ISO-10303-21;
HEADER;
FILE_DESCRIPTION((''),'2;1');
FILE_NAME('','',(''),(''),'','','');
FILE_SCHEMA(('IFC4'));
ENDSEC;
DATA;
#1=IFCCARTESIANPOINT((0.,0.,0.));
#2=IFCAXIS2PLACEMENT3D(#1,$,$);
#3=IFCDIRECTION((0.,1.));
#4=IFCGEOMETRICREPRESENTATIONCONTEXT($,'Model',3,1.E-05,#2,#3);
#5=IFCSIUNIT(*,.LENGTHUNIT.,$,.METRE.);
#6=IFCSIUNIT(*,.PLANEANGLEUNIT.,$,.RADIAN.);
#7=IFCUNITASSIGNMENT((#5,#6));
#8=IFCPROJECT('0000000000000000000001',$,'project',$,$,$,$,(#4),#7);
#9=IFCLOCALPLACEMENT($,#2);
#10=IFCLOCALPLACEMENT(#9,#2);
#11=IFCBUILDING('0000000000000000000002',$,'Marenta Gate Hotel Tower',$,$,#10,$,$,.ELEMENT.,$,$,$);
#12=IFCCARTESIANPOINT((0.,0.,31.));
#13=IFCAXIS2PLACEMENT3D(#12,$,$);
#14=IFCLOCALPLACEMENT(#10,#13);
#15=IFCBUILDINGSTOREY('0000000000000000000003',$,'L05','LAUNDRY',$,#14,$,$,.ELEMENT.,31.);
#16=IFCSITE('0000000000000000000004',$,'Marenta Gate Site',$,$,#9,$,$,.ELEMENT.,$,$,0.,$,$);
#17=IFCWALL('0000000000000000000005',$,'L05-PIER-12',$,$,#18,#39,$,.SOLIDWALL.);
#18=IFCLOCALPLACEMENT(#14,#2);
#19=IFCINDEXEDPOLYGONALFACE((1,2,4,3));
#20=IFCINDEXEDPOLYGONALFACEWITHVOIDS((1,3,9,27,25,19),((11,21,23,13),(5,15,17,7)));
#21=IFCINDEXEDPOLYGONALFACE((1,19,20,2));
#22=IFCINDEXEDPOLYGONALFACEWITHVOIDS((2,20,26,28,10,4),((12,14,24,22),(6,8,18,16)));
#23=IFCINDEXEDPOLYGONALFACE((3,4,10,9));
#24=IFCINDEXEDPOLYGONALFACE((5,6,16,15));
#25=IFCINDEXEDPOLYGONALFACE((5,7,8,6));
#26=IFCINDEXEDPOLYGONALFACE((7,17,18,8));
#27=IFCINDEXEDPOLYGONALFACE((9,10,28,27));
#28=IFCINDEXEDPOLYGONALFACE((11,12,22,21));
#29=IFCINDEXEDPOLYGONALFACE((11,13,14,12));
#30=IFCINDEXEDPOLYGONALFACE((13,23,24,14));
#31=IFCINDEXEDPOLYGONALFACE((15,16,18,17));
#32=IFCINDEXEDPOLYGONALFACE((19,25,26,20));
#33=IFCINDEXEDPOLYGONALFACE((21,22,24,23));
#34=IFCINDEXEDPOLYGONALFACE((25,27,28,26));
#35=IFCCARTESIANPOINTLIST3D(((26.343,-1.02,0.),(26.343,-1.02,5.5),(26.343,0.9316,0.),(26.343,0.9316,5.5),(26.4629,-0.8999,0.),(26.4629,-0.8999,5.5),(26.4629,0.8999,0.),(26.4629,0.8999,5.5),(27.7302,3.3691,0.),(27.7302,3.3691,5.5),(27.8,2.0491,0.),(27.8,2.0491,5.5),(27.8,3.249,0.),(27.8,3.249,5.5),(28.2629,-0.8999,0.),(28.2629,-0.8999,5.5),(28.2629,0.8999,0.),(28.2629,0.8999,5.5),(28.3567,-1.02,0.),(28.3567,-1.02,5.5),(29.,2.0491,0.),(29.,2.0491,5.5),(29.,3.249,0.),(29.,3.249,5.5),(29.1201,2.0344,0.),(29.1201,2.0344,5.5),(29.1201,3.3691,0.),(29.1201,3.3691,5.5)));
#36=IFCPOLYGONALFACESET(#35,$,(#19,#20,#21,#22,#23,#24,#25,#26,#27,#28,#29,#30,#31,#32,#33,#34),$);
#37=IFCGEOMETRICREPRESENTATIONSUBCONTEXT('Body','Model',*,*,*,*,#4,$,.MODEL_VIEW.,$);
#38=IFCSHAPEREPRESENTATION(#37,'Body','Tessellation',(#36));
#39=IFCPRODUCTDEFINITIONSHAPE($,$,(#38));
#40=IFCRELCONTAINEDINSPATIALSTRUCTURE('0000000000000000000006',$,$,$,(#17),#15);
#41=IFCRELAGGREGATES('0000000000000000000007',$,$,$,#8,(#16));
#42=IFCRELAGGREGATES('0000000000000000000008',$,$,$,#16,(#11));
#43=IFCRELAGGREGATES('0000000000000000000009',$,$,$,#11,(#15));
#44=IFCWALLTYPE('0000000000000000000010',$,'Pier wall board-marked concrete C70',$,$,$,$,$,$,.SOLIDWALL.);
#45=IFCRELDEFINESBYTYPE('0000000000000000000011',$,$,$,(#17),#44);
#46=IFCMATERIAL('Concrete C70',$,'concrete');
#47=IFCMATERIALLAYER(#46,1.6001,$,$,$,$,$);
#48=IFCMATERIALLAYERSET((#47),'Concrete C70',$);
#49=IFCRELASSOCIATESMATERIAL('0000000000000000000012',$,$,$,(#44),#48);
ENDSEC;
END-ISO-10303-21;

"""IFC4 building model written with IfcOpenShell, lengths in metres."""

from ifc_helpers import new_model, si_unit, direction, frame, origin, place, context, subcontext, project, spatial, polyline, outline, extrude, material, layer, layer_set, type_object, element, save


model = new_model("IFC4")

# Units and contexts
model_context = context("Model", 3, precision=1e-05, world=origin(), true_north=direction((0.0, 1.0)))
body_context = subcontext(model_context, "Body", "Model", "MODEL_VIEW")
ifc_project = project(units=[si_unit("LENGTHUNIT", "METRE"), si_unit("PLANEANGLEUNIT", "RADIAN")], contexts=[model_context])

# Site, building, storey
site_placement = place(None, origin())
site = spatial("IfcSite", under=ifc_project, at=site_placement, Name="Marenta Gate Site", CompositionType="ELEMENT", RefElevation=0.0)
building_placement = place(site_placement, origin())
building = spatial("IfcBuilding", under=site, at=building_placement, Name="Marenta Gate Hotel Tower", CompositionType="ELEMENT")
storey_placement = place(building_placement, frame((0.0, 0.0, 31.0)))
storey = spatial("IfcBuildingStorey", under=building, at=storey_placement, Name="L05", Description="LAUNDRY", CompositionType="ELEMENT", Elevation=31.0)

# Wall
ifc_material_1 = material(Name="Concrete C70", Category="concrete")
ifc_layer_1 = layer(ifc_material_1, 1.6001)
ifc_layer_set_1 = layer_set([ifc_layer_1], Name="Concrete C70")
wall_type_1 = type_object("IfcWallType", Name="Pier wall board-marked concrete C70", PredefinedType="SOLIDWALL", material=ifc_layer_set_1)
wall_1_placement = place(storey_placement, origin())
element("IfcWall", 1, at=wall_1_placement, inside=storey, type_object=wall_type_1, Name="L05-PIER-12", PredefinedType="SOLIDWALL", context=body_context, shape_type="SweptSolid", body=[
    extrude(outline(polyline([(26.343, 0.9316), (27.7302, 3.3691), (29.1201, 3.3691), (29.1201, 2.0344), (28.3567, -1.02), (26.343, -1.02), (26.343, 0.9316)]), holes=[polyline([(27.8, 2.0491), (29.0, 2.0491), (29.0, 3.249), (27.8, 3.249), (27.8, 2.0491)]), polyline([(26.4629, -0.8999), (28.2629, -0.8999), (28.2629, 0.8999), (26.4629, 0.8999), (26.4629, -0.8999)])]), origin(), (0.0, 0.0, 1.0), 5.5),
])

save(model, "model.ifc")
